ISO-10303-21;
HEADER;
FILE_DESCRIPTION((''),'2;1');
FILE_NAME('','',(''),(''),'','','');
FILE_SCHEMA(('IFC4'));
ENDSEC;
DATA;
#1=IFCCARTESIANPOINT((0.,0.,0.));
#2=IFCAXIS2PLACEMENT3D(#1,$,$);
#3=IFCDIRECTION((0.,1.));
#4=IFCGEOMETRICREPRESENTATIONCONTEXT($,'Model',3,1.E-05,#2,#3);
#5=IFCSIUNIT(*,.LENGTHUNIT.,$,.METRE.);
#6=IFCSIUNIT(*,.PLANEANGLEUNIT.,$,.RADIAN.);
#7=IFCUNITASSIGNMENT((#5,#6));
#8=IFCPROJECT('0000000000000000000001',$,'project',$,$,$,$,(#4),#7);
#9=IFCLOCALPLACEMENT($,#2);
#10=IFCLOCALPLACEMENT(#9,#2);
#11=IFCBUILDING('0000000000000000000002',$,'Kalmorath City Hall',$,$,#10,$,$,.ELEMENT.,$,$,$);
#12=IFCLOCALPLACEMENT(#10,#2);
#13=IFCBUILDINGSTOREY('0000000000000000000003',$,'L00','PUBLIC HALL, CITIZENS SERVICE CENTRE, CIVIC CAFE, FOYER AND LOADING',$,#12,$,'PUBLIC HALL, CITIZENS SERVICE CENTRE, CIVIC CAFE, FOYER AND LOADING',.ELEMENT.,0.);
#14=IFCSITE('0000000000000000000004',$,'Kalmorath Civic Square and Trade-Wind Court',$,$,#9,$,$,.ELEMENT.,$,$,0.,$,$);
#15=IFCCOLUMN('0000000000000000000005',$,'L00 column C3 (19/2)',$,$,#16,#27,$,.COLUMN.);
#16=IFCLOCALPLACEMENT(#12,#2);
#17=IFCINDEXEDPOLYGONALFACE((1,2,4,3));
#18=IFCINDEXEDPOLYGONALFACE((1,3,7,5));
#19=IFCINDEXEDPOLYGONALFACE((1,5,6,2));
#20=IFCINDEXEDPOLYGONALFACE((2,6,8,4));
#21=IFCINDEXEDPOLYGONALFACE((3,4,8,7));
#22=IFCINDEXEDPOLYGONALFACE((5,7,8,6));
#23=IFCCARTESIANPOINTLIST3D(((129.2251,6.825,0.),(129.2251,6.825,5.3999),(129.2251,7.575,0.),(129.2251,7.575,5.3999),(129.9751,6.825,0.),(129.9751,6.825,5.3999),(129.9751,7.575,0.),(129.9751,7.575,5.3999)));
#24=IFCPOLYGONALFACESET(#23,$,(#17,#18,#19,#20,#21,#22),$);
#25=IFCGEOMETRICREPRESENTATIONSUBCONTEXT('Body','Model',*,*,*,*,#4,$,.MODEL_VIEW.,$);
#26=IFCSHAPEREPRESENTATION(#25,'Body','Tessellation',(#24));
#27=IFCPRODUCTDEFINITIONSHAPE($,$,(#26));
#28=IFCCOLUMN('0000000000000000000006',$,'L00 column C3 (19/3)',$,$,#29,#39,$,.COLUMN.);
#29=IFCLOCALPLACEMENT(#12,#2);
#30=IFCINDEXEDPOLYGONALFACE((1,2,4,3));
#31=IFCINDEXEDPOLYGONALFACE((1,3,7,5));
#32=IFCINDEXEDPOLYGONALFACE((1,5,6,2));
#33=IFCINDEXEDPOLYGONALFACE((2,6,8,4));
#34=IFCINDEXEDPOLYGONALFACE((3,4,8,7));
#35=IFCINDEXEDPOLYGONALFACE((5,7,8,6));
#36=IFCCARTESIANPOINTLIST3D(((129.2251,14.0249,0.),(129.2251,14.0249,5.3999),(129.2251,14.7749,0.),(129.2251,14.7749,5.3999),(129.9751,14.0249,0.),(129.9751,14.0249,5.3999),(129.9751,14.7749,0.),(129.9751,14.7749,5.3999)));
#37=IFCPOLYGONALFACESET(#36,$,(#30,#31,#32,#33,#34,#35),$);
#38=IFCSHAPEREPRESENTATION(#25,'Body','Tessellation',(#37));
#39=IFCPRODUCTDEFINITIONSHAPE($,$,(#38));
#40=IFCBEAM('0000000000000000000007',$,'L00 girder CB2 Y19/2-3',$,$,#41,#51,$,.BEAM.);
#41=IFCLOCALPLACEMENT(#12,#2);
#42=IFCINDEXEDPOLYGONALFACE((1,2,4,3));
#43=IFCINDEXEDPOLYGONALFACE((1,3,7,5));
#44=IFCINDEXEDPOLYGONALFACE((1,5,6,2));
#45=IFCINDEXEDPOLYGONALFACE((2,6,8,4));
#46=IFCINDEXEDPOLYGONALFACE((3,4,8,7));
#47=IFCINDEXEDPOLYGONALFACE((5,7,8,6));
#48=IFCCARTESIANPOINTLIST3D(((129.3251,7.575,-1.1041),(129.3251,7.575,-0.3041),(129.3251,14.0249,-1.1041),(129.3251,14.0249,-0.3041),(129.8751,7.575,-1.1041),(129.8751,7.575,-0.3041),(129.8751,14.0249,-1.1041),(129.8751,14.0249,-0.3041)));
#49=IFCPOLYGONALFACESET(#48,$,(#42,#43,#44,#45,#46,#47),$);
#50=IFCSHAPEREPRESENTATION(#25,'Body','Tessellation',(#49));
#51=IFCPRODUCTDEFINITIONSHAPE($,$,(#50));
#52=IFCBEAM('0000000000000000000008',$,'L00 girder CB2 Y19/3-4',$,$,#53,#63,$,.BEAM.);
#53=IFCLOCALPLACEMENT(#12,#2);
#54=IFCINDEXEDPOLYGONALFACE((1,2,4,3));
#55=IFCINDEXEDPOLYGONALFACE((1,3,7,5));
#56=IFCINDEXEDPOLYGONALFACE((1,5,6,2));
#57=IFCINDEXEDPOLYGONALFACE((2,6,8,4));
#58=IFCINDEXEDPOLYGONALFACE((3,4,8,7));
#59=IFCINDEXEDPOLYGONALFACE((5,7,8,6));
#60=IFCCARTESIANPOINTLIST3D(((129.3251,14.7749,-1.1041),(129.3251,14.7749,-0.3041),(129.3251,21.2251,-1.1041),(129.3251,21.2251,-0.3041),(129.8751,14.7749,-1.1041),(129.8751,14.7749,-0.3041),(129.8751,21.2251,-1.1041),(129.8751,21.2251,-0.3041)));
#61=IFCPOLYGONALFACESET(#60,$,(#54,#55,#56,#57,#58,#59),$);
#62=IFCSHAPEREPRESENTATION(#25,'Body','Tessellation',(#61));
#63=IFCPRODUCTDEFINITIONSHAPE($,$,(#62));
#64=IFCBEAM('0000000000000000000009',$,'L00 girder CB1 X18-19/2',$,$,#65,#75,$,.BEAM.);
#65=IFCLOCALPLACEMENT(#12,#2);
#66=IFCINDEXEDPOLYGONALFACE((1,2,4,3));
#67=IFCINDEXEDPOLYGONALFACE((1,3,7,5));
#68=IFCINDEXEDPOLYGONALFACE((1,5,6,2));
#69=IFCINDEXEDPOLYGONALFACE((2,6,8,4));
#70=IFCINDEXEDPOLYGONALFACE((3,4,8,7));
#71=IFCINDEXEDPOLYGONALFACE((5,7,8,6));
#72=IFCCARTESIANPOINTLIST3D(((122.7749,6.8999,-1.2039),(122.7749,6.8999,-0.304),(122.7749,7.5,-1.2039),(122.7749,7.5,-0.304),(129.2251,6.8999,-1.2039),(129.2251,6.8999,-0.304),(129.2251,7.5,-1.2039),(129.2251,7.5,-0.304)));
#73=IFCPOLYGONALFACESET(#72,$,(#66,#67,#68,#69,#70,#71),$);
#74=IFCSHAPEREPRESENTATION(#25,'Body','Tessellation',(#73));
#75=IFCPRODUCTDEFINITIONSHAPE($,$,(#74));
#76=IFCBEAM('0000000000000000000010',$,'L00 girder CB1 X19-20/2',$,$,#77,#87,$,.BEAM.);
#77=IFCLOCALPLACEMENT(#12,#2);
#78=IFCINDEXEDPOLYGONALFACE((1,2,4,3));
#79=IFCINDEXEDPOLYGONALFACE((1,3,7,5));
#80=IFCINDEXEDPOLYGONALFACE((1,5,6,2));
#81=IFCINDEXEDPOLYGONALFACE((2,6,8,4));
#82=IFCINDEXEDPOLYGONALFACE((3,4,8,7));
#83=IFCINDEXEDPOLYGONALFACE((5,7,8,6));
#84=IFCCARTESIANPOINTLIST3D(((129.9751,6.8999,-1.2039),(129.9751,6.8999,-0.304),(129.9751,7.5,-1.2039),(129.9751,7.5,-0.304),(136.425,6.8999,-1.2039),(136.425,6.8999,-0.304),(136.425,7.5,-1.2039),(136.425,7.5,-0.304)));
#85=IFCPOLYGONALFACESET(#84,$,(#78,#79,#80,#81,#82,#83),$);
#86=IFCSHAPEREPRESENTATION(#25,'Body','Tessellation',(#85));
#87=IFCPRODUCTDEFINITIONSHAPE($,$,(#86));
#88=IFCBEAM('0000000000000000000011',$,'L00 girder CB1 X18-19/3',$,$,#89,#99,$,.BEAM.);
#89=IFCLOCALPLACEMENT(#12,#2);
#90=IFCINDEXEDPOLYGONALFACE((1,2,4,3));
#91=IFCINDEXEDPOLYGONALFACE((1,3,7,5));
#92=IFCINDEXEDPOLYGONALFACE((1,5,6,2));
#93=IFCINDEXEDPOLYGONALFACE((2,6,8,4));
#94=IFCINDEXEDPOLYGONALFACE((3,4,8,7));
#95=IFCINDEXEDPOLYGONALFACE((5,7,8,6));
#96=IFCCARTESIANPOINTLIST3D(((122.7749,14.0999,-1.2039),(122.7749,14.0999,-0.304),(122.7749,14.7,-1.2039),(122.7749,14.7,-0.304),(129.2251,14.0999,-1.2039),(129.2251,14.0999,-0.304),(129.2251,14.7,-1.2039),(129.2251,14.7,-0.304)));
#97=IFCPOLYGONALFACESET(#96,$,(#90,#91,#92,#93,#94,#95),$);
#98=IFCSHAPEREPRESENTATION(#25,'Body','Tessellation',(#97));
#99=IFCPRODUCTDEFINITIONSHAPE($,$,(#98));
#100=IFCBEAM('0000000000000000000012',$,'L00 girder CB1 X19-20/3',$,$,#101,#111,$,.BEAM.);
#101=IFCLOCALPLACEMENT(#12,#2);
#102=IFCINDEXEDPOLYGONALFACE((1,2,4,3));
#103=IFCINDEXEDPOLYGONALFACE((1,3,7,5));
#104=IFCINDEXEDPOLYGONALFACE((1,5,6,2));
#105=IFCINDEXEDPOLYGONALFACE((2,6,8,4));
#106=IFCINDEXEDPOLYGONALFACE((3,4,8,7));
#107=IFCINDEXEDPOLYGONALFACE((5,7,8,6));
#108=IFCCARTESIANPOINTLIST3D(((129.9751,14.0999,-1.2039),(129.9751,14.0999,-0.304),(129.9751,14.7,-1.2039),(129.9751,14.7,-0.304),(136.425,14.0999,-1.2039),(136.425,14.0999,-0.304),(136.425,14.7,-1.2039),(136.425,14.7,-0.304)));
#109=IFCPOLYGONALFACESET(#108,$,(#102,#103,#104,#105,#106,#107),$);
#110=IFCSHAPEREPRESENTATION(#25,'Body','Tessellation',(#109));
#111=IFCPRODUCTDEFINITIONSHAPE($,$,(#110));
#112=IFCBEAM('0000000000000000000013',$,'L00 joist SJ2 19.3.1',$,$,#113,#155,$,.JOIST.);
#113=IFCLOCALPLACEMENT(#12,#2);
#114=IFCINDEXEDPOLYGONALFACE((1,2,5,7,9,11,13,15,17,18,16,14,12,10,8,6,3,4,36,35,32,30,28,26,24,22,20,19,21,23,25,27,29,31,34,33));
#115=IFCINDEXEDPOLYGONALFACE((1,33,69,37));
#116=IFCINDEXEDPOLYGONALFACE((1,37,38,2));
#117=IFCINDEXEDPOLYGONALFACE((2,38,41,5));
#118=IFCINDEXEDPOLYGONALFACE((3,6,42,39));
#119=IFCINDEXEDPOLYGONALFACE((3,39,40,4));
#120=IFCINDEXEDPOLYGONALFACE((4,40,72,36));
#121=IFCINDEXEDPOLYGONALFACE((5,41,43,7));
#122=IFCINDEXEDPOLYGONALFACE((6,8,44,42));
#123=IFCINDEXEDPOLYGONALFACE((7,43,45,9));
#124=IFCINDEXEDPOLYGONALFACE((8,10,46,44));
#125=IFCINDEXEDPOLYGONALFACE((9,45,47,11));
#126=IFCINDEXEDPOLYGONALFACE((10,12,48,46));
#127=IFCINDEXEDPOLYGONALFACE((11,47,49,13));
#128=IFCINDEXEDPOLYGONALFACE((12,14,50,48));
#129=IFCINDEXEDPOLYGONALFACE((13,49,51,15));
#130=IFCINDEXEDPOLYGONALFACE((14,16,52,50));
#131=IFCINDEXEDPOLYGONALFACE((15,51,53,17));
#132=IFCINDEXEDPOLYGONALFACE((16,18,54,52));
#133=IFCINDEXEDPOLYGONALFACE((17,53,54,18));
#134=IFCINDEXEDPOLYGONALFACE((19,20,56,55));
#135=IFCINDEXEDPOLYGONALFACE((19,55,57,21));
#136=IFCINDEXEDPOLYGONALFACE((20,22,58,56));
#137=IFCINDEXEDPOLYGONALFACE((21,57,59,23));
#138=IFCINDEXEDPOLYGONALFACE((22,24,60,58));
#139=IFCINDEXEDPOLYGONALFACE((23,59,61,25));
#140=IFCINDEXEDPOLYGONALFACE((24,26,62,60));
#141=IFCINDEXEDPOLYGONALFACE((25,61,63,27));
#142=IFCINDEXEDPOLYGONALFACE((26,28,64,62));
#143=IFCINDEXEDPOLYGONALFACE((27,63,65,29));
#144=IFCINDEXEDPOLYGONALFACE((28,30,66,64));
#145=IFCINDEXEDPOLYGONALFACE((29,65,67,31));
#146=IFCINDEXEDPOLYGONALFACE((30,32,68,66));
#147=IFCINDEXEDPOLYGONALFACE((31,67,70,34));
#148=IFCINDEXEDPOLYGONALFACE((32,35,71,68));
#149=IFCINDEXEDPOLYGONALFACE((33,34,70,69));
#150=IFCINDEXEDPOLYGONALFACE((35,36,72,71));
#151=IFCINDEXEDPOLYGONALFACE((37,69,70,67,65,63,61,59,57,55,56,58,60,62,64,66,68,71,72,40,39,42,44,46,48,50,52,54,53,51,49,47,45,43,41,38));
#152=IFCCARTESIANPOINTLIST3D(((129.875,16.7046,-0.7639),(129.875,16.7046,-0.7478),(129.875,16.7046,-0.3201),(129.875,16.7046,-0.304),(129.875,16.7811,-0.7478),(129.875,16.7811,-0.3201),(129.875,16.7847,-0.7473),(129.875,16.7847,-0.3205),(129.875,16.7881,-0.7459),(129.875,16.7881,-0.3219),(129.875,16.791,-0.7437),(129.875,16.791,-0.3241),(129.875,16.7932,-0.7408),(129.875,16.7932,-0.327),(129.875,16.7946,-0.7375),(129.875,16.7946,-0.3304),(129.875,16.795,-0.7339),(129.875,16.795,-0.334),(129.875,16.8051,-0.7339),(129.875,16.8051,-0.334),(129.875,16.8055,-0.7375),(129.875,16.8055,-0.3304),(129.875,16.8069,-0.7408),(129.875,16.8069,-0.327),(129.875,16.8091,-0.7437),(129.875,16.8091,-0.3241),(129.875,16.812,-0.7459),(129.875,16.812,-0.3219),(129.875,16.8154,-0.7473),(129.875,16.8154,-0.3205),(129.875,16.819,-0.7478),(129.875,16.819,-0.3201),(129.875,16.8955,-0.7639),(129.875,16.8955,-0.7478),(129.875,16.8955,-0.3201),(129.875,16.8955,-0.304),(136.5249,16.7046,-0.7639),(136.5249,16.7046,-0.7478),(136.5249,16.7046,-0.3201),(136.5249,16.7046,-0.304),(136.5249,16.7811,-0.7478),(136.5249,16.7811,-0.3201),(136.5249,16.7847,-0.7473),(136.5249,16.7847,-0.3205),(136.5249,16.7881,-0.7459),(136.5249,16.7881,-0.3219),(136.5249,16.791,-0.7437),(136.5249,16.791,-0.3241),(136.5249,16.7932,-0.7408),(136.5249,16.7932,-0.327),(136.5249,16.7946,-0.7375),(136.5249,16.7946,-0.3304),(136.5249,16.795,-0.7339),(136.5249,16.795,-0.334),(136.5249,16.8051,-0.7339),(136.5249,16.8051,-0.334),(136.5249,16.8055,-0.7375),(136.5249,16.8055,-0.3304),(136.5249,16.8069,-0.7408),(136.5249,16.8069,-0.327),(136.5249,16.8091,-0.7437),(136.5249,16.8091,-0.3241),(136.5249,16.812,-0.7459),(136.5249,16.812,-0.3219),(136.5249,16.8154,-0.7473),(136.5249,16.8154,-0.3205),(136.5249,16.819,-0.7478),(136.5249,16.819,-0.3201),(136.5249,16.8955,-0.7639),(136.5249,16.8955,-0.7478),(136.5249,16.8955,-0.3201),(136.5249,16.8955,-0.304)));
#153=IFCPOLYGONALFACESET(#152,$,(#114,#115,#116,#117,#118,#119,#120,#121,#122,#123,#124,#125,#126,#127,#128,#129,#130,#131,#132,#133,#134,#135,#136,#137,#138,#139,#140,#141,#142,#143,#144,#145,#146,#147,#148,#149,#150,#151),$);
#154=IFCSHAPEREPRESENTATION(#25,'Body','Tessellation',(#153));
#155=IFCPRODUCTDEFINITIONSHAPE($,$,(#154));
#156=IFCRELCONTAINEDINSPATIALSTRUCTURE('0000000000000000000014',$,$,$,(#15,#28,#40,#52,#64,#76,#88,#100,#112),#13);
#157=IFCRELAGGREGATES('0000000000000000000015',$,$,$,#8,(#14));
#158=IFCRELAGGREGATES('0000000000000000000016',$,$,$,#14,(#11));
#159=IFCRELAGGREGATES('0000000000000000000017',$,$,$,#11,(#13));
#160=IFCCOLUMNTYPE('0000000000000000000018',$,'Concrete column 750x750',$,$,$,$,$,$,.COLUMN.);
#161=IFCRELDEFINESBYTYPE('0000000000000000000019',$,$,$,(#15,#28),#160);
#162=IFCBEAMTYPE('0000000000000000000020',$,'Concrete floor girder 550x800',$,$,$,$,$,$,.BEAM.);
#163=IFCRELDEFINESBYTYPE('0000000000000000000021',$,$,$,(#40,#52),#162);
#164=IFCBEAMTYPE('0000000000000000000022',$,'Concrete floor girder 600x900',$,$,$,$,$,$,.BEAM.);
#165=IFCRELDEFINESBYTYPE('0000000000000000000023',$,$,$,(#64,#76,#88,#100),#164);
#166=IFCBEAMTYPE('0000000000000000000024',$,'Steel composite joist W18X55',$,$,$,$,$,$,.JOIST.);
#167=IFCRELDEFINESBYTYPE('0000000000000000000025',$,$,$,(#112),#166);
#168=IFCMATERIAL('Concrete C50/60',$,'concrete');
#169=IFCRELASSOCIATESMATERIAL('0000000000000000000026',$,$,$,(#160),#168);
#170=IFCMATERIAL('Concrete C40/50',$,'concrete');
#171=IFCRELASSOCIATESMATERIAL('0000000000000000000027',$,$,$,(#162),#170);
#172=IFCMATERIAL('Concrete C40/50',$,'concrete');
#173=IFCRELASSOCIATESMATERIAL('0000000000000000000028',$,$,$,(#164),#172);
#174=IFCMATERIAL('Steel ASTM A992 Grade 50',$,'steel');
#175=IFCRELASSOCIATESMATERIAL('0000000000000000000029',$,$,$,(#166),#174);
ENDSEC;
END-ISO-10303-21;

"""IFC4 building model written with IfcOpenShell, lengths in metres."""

from ifc_helpers import new_model, si_unit, direction, frame, origin, origin_2d, place, context, subcontext, project, spatial, rectangle, i_section, extrude, material, material_profile, profile_set, type_object, element, save


model = new_model("IFC4")

# Units and contexts
model_context = context("Model", 3, precision=1e-05, world=origin(), true_north=direction((0.0, 1.0)))
body_context = subcontext(model_context, "Body", "Model", "MODEL_VIEW")
ifc_project = project(units=[si_unit("LENGTHUNIT", "METRE"), si_unit("PLANEANGLEUNIT", "RADIAN")], contexts=[model_context])

# Site, building, storey
site_placement = place(None, origin())
site = spatial("IfcSite", under=ifc_project, at=site_placement, Name="Kalmorath Civic Square and Trade-Wind Court", CompositionType="ELEMENT", RefElevation=0.0)
building_placement = place(site_placement, origin())
building = spatial("IfcBuilding", under=site, at=building_placement, Name="Kalmorath City Hall", CompositionType="ELEMENT")
storey_placement = place(building_placement, origin())
storey = spatial("IfcBuildingStorey", under=building, at=storey_placement, Name="L00", Description="PUBLIC HALL, CITIZENS SERVICE CENTRE, CIVIC CAFE, FOYER AND LOADING", LongName="PUBLIC HALL, CITIZENS SERVICE CENTRE, CIVIC CAFE, FOYER AND LOADING", CompositionType="ELEMENT", Elevation=0.0)

# Columns
ifc_material_1 = material(Name="Concrete C50/60", Category="concrete")
ifc_material_profile_1 = material_profile(ifc_material_1, rectangle(XDim=0.75, YDim=0.75, at=origin_2d()), Name="RC-COL-750X750")
ifc_profile_set_1 = profile_set([ifc_material_profile_1], Name="Concrete C50/60")
column_type = type_object("IfcColumnType", Name="Concrete column 750x750", PredefinedType="COLUMN", material=ifc_profile_set_1)
for number, where, z_axis, x_axis, name in (
    (1, (129.6001, 7.2, 0.0), (0.0, 0.0, 1.0), (1.0, 0.0, 0.0), "L00 column C3 (19/2)"),
    (2, (129.6001, 14.3999, 0.0), (0.0, 0.0, 1.0), (1.0, 0.0, 0.0), "L00 column C3 (19/3)"),
):
    element("IfcColumn", number, at=place(storey_placement, frame(where, z_axis=z_axis, x_axis=x_axis)), inside=storey, type_object=column_type, Name=name, PredefinedType="COLUMN", context=body_context, shape_type="SweptSolid", body=[
        extrude(rectangle(XDim=0.75, YDim=0.75, at=origin_2d()), origin(), (0.0, 0.0, 1.0), 5.3999),
    ])

# Beams
ifc_material_2 = material(Name="Concrete C40/50", Category="concrete")
ifc_material_profile_2 = material_profile(ifc_material_2, rectangle(XDim=0.55, YDim=0.8, at=origin_2d()), Name="RC-BM-550X800")
ifc_profile_set_2 = profile_set([ifc_material_profile_2], Name="Concrete C40/50")
beam_type_1 = type_object("IfcBeamType", Name="Concrete floor girder 550x800", PredefinedType="BEAM", material=ifc_profile_set_2)
beam_1_placement = place(storey_placement, frame((129.6001, 7.575, -0.7041), z_axis=(0.0, 1.0, 0.0), x_axis=(-1.0, 0.0, 0.0)))
element("IfcBeam", 3, at=beam_1_placement, inside=storey, type_object=beam_type_1, Name="L00 girder CB2 Y19/2-3", PredefinedType="BEAM", context=body_context, shape_type="SweptSolid", body=[
    extrude(rectangle(XDim=0.55, YDim=0.8, at=origin_2d()), origin(), (0.0, 0.0, 1.0), 6.45),
])
beam_2_placement = place(storey_placement, frame((129.6001, 14.7749, -0.7041), z_axis=(0.0, 1.0, 0.0), x_axis=(-1.0, 0.0, 0.0)))
element("IfcBeam", 4, at=beam_2_placement, inside=storey, type_object=beam_type_1, Name="L00 girder CB2 Y19/3-4", PredefinedType="BEAM", context=body_context, shape_type="SweptSolid", body=[
    extrude(rectangle(XDim=0.55, YDim=0.8, at=origin_2d()), origin(), (0.0, 0.0, 1.0), 6.4502),
])
ifc_material_3 = material(Name="Concrete C40/50", Category="concrete")
ifc_material_profile_3 = material_profile(ifc_material_3, rectangle(XDim=0.6001, YDim=0.8999, at=origin_2d()), Name="RC-BM-600X900")
ifc_profile_set_3 = profile_set([ifc_material_profile_3], Name="Concrete C40/50")
beam_type_2 = type_object("IfcBeamType", Name="Concrete floor girder 600x900", PredefinedType="BEAM", material=ifc_profile_set_3)
beam_3_placement = place(storey_placement, frame((122.7749, 7.2, -0.7539), z_axis=(1.0, 0.0, 0.0), x_axis=(0.0, 1.0, 0.0)))
element("IfcBeam", 5, at=beam_3_placement, inside=storey, type_object=beam_type_2, Name="L00 girder CB1 X18-19/2", PredefinedType="BEAM", context=body_context, shape_type="SweptSolid", body=[
    extrude(rectangle(XDim=0.6001, YDim=0.8999, at=origin_2d()), origin(), (0.0, 0.0, 1.0), 6.4502),
])
beam_4_placement = place(storey_placement, frame((129.9751, 7.2, -0.7539), z_axis=(1.0, 0.0, 0.0), x_axis=(0.0, 1.0, 0.0)))
element("IfcBeam", 6, at=beam_4_placement, inside=storey, type_object=beam_type_2, Name="L00 girder CB1 X19-20/2", PredefinedType="BEAM", context=body_context, shape_type="SweptSolid", body=[
    extrude(rectangle(XDim=0.6001, YDim=0.8999, at=origin_2d()), origin(), (0.0, 0.0, 1.0), 6.45),
])
beam_5_placement = place(storey_placement, frame((122.7749, 14.3999, -0.7539), z_axis=(1.0, 0.0, 0.0), x_axis=(0.0, 1.0, 0.0)))
element("IfcBeam", 7, at=beam_5_placement, inside=storey, type_object=beam_type_2, Name="L00 girder CB1 X18-19/3", PredefinedType="BEAM", context=body_context, shape_type="SweptSolid", body=[
    extrude(rectangle(XDim=0.6001, YDim=0.8999, at=origin_2d()), origin(), (0.0, 0.0, 1.0), 6.4502),
])
beam_6_placement = place(storey_placement, frame((129.9751, 14.3999, -0.7539), z_axis=(1.0, 0.0, 0.0), x_axis=(0.0, 1.0, 0.0)))
element("IfcBeam", 8, at=beam_6_placement, inside=storey, type_object=beam_type_2, Name="L00 girder CB1 X19-20/3", PredefinedType="BEAM", context=body_context, shape_type="SweptSolid", body=[
    extrude(rectangle(XDim=0.6001, YDim=0.8999, at=origin_2d()), origin(), (0.0, 0.0, 1.0), 6.45),
])
ifc_material_4 = material(Name="Steel ASTM A992 Grade 50", Category="steel")
ifc_material_profile_4 = material_profile(ifc_material_4, i_section(OverallWidth=0.1909, OverallDepth=0.46, WebThickness=0.01, FlangeThickness=0.0161, FilletRadius=0.0139, at=origin_2d()), Name="W18X55")
ifc_profile_set_4 = profile_set([ifc_material_profile_4], Name="Steel ASTM A992 Grade 50")
beam_type_3 = type_object("IfcBeamType", Name="Steel composite joist W18X55", PredefinedType="JOIST", material=ifc_profile_set_4)
for number, where, z_axis, x_axis, name in (
    (9, (129.875, 16.8, -0.5339), (1.0, 0.0, 0.0), (0.0, 1.0, 0.0), "L00 joist SJ2 19.3.1"),
):
    element("IfcBeam", number, at=place(storey_placement, frame(where, z_axis=z_axis, x_axis=x_axis)), inside=storey, type_object=beam_type_3, Name=name, PredefinedType="JOIST", context=body_context, shape_type="SweptSolid", body=[
        extrude(i_section(OverallWidth=0.1909, OverallDepth=0.46, WebThickness=0.01, FlangeThickness=0.0161, FilletRadius=0.0139, at=origin_2d()), origin(), (0.0, 0.0, 1.0), 6.6499),
    ])

save(model, "model.ifc")
